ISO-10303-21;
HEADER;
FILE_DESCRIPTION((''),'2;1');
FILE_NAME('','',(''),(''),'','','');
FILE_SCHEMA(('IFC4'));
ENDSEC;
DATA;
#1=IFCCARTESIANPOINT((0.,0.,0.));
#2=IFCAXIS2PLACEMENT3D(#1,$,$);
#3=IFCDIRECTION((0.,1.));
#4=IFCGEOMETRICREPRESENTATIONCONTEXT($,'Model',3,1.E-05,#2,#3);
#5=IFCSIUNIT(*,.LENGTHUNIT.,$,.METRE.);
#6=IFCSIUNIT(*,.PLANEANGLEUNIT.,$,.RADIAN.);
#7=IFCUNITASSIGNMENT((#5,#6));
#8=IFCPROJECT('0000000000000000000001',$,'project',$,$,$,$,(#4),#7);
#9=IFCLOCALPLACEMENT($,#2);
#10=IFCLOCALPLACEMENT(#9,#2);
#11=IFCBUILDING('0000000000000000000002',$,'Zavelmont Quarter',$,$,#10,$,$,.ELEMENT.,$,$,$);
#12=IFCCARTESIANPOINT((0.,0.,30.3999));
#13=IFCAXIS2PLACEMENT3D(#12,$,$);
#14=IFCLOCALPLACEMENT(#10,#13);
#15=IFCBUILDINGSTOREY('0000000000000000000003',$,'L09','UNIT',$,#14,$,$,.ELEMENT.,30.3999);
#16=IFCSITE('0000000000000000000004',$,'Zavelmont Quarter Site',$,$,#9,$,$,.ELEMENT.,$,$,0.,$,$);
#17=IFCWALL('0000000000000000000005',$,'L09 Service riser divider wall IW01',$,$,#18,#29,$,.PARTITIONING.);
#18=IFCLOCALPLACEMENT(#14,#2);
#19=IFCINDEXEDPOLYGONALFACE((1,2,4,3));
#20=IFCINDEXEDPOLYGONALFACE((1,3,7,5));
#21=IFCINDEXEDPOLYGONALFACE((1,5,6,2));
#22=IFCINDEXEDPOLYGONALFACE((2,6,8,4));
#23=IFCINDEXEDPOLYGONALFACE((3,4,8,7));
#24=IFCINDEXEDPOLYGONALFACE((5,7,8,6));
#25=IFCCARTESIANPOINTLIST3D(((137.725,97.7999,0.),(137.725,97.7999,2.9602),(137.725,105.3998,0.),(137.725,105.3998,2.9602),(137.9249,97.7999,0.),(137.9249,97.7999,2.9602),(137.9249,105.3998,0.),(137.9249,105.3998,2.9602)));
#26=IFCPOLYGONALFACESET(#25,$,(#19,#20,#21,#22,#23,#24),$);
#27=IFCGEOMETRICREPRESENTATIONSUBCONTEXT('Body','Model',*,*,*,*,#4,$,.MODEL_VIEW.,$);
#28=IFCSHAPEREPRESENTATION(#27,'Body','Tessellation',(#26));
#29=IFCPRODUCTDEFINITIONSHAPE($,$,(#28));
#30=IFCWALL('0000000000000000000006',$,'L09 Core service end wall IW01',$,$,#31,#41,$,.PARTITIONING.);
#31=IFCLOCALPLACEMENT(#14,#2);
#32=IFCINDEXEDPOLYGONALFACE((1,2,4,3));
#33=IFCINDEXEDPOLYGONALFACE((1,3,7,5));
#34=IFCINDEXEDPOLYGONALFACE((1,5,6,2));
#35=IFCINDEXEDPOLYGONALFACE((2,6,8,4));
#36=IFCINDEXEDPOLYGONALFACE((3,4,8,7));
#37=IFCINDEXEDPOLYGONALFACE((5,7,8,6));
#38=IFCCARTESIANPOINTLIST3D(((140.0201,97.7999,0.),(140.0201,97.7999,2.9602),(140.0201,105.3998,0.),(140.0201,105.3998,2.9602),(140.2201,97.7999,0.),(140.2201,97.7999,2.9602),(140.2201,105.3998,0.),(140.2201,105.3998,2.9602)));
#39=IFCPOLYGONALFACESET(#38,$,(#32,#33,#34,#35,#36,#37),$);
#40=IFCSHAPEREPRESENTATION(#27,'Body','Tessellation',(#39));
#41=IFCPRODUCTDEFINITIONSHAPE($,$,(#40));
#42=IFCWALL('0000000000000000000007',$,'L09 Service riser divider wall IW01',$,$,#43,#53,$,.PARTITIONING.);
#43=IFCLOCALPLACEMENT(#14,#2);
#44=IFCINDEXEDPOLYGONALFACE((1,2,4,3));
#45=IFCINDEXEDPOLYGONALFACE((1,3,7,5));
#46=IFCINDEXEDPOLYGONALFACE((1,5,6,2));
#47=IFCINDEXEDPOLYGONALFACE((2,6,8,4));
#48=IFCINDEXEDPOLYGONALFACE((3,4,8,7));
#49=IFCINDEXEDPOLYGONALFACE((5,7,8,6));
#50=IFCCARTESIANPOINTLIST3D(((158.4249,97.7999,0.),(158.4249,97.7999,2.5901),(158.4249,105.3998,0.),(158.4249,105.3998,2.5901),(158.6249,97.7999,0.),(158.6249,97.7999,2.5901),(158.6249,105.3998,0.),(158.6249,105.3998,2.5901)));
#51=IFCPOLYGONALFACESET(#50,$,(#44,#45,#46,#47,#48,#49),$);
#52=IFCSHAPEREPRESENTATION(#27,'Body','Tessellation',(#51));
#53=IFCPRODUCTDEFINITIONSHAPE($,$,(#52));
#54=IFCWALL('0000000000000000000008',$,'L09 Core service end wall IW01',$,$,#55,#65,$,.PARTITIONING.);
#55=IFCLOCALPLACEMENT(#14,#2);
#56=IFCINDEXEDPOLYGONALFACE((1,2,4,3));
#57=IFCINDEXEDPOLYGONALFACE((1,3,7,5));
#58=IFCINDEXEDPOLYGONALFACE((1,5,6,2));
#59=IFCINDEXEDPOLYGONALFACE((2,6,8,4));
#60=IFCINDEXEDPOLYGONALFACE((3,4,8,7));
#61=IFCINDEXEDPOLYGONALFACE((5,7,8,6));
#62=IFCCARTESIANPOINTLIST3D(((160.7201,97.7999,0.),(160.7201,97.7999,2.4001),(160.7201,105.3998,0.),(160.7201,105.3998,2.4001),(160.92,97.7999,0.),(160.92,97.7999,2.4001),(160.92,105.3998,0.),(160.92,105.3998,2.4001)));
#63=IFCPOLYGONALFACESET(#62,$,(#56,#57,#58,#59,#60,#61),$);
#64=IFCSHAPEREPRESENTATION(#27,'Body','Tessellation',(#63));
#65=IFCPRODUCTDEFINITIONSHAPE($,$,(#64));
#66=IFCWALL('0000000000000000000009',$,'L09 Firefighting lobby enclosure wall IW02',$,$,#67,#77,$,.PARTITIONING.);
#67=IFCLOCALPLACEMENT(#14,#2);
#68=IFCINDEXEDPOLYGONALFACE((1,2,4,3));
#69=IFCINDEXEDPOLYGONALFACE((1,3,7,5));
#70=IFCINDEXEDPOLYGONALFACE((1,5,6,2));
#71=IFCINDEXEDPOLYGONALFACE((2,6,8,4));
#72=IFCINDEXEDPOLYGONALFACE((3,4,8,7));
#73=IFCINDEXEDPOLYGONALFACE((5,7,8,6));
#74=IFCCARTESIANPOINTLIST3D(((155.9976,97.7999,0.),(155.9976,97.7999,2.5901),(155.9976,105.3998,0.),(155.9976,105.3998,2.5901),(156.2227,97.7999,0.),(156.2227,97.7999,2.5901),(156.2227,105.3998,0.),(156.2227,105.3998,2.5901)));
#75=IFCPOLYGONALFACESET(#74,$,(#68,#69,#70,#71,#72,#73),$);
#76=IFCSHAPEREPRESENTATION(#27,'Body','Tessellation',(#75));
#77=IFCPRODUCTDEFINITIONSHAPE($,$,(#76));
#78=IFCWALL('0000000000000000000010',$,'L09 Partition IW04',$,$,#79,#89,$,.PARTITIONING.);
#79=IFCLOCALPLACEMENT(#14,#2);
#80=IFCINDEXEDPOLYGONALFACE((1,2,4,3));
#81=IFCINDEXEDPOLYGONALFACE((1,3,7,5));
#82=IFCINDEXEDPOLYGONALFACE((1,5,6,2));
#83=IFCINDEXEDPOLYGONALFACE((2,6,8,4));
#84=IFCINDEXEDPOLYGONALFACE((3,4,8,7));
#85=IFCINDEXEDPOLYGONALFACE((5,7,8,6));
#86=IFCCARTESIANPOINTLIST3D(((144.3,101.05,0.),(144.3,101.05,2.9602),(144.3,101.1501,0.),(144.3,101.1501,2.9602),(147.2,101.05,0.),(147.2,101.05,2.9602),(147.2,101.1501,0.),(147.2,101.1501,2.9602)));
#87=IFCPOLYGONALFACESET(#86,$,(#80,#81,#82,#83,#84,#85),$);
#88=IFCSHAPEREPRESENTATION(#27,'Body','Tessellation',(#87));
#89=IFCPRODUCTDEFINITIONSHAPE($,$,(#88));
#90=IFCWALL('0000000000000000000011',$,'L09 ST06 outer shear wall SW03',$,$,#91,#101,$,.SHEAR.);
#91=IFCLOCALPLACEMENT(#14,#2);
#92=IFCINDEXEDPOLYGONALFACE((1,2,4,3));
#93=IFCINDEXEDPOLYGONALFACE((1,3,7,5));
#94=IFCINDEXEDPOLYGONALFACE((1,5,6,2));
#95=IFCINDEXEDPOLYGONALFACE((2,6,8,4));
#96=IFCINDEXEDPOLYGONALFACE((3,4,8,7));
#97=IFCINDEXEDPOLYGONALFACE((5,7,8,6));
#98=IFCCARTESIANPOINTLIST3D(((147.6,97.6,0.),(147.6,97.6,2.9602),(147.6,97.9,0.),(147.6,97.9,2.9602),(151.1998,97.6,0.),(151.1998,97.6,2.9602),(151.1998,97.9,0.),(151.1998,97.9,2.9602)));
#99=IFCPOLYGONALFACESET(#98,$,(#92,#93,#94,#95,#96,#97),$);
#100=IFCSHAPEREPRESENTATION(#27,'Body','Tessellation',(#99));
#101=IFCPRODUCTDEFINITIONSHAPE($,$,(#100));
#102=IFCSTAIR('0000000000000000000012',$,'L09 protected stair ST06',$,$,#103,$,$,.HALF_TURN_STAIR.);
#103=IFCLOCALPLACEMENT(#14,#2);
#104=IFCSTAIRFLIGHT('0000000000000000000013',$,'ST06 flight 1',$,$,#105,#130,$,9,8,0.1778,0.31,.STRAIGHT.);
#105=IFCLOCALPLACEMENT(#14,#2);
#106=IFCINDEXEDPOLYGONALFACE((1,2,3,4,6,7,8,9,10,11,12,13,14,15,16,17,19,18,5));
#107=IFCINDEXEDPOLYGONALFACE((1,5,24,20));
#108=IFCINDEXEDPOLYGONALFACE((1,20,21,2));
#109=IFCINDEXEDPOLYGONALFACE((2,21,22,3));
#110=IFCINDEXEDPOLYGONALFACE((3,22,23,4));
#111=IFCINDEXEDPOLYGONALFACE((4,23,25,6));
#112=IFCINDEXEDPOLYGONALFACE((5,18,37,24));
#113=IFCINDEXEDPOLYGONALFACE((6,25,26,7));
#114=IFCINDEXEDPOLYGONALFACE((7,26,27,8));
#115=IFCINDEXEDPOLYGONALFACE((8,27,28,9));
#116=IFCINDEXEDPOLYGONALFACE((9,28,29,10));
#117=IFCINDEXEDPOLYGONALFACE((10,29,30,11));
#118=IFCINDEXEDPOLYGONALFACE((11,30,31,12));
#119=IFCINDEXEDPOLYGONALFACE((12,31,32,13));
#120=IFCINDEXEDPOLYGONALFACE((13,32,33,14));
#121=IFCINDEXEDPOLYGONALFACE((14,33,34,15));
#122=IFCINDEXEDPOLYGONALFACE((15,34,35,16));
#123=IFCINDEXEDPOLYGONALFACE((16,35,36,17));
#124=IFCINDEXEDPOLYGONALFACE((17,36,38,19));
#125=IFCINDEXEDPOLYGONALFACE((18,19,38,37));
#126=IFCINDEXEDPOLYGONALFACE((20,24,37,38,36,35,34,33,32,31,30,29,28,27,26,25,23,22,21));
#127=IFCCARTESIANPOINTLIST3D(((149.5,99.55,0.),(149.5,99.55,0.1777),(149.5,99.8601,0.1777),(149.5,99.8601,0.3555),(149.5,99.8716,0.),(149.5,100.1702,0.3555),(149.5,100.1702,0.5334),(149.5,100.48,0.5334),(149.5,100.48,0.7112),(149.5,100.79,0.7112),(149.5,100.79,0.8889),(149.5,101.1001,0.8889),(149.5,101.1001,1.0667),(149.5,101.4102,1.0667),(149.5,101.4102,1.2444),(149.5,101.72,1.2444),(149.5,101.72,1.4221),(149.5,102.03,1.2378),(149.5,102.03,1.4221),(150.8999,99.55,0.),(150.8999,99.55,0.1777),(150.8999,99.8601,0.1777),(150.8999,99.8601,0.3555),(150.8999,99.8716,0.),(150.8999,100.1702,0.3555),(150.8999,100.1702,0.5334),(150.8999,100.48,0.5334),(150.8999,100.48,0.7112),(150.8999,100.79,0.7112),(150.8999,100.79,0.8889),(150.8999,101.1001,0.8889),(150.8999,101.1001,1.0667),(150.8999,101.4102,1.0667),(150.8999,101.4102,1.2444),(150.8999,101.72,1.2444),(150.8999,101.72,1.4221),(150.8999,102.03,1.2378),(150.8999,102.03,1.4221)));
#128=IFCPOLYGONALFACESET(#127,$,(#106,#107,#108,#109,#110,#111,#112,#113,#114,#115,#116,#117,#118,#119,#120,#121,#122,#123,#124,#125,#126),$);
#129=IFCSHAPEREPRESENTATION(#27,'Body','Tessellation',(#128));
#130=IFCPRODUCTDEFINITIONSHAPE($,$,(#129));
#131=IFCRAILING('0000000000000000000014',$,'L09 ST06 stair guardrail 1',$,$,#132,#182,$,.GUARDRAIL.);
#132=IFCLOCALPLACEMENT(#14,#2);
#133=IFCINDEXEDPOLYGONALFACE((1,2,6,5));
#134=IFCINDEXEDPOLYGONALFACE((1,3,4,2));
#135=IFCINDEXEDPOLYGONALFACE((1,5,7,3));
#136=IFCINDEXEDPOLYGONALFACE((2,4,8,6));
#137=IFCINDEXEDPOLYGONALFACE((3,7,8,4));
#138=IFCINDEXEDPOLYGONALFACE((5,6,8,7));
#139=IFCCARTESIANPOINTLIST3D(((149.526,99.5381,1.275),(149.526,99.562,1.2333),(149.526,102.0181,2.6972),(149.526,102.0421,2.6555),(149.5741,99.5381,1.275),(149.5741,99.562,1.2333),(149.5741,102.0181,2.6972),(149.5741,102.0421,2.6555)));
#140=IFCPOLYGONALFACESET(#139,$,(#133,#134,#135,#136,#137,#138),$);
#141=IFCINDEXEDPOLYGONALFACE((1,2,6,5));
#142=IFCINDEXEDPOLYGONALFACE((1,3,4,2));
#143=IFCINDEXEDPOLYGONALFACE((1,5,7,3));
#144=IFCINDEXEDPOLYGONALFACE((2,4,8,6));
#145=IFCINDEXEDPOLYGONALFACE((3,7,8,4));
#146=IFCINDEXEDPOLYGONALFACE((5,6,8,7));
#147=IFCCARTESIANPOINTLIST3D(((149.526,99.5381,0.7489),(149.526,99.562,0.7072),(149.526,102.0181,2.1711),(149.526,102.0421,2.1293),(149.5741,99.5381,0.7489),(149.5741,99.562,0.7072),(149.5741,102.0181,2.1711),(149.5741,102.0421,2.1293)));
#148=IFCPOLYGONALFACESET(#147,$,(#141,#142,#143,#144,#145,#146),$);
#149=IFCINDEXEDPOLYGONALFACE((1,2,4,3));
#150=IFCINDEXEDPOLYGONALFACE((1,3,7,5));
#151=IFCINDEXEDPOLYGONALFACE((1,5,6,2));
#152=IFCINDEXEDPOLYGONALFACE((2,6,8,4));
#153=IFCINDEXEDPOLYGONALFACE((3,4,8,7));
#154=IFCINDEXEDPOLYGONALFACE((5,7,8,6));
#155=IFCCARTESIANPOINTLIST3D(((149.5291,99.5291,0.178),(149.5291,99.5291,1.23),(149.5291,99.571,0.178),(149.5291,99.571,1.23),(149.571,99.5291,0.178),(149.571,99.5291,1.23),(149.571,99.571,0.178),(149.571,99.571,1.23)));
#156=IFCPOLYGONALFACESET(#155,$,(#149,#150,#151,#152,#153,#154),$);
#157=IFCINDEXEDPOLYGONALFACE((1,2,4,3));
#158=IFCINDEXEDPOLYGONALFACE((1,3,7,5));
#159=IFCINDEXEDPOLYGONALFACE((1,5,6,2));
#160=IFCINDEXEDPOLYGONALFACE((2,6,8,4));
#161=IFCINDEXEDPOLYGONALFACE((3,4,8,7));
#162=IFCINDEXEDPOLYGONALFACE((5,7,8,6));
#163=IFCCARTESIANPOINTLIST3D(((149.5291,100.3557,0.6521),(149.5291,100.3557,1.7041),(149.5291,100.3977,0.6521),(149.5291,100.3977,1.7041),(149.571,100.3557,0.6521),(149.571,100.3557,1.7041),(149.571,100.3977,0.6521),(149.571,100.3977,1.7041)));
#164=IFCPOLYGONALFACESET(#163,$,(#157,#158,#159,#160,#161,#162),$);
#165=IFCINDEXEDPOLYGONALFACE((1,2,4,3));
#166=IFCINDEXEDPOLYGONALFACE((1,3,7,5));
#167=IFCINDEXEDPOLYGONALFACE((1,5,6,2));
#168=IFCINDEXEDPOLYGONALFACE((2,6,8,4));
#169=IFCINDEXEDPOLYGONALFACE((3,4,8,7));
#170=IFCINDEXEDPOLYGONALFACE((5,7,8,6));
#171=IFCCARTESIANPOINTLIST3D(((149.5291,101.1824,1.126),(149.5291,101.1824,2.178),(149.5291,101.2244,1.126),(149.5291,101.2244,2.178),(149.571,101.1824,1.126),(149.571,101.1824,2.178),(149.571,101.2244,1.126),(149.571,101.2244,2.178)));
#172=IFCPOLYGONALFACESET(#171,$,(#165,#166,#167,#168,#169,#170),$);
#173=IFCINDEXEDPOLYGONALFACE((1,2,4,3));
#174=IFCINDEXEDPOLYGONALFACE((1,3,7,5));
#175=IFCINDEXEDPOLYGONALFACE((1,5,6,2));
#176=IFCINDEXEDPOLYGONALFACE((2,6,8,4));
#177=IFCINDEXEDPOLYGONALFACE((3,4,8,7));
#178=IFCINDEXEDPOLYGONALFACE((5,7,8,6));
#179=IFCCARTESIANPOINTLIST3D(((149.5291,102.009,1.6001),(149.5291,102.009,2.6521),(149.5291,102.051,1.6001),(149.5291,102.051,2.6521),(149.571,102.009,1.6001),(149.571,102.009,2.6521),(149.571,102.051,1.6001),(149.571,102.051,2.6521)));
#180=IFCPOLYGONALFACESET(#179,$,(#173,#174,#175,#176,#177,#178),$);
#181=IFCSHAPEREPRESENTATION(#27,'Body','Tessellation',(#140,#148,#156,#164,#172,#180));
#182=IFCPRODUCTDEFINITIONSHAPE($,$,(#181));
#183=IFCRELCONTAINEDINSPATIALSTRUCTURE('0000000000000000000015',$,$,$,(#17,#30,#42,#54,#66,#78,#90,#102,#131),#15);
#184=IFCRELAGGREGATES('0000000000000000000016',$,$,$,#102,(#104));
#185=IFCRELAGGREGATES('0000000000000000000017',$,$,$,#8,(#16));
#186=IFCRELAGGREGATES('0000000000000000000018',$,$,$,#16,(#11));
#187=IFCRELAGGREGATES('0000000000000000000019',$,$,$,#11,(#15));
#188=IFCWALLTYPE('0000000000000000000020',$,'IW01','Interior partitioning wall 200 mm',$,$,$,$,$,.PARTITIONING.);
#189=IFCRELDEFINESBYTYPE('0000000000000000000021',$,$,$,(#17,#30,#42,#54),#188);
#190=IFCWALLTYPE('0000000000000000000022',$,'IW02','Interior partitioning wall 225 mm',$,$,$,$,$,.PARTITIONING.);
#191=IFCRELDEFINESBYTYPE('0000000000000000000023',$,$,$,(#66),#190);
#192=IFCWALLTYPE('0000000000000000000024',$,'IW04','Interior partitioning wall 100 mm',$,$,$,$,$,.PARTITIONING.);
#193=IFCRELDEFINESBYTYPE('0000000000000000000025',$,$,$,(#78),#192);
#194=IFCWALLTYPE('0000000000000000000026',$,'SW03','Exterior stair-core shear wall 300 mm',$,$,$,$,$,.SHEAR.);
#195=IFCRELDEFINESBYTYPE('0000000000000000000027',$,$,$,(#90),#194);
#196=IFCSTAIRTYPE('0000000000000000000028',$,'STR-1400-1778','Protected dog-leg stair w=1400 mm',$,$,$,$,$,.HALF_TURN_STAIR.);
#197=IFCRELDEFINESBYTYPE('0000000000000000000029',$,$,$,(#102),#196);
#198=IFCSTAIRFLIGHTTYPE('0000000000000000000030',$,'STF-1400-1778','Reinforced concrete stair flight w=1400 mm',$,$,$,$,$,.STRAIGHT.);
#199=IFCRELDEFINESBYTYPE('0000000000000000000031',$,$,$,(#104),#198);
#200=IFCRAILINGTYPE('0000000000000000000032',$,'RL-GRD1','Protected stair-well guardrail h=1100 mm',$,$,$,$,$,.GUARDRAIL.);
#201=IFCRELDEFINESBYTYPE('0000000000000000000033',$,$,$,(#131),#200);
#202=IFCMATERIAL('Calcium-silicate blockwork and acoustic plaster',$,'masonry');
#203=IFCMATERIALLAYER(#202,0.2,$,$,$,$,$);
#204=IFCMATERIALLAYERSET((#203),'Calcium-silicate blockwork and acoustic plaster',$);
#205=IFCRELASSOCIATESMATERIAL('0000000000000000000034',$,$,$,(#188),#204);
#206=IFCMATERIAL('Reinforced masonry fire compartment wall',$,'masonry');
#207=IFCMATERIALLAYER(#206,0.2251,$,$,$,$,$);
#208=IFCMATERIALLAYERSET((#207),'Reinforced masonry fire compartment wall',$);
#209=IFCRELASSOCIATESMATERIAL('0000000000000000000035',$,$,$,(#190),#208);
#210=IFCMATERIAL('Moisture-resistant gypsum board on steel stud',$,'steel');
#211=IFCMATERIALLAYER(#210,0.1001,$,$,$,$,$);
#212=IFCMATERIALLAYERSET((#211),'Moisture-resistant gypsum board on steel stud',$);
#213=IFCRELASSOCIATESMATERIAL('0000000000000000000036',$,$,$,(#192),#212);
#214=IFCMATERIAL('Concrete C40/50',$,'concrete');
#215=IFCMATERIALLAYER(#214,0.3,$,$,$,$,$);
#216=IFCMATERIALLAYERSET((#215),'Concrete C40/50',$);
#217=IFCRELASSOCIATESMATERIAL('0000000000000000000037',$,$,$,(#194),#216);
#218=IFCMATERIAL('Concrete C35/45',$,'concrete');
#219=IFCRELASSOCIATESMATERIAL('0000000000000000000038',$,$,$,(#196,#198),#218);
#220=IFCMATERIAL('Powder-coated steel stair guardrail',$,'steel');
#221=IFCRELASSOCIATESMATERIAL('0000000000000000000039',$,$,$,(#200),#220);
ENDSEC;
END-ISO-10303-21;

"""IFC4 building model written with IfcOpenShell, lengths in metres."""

from ifc_helpers import new_model, si_unit, direction, frame, frame_2d, origin, origin_2d, place, context, subcontext, project, spatial, polyline, rectangle, outline, extrude, material, layer, layer_set, type_object, element, aggregate, save


model = new_model("IFC4")

# Units and contexts
model_context = context("Model", 3, precision=1e-05, world=origin(), true_north=direction((0.0, 1.0)))
body_context = subcontext(model_context, "Body", "Model", "MODEL_VIEW")
ifc_project = project(units=[si_unit("LENGTHUNIT", "METRE"), si_unit("PLANEANGLEUNIT", "RADIAN")], contexts=[model_context])

# Site, building, storey
site_placement = place(None, origin())
site = spatial("IfcSite", under=ifc_project, at=site_placement, Name="Zavelmont Quarter Site", CompositionType="ELEMENT", RefElevation=0.0)
building_placement = place(site_placement, origin())
building = spatial("IfcBuilding", under=site, at=building_placement, Name="Zavelmont Quarter", CompositionType="ELEMENT")
storey_placement = place(building_placement, frame((0.0, 0.0, 30.3999)))
storey = spatial("IfcBuildingStorey", under=building, at=storey_placement, Name="L09", Description="UNIT", CompositionType="ELEMENT", Elevation=30.3999)

# Shared definitions
ifc_material_1 = material(Name="Concrete C35/45", Category="concrete")

# Shared definitions
ifc_material_2 = material(Name="Concrete C40/50", Category="concrete")

# Walls
ifc_material_3 = material(Name="Calcium-silicate blockwork and acoustic plaster", Category="masonry")
ifc_layer_1 = layer(ifc_material_3, 0.2)
ifc_layer_set_1 = layer_set([ifc_layer_1], Name="Calcium-silicate blockwork and acoustic plaster")
wall_type_1 = type_object("IfcWallType", Name="IW01", Description="Interior partitioning wall 200 mm", PredefinedType="PARTITIONING", material=ifc_layer_set_1)
for number, where, z_axis, x_axis, name in (
    (1, (137.825, 97.8, 0.0), (0.0, 0.0, 1.0), (0.0, 1.0, 0.0), "L09 Service riser divider wall IW01"),
    (2, (140.1201, 97.8, 0.0), (0.0, 0.0, 1.0), (0.0, 1.0, 0.0), "L09 Core service end wall IW01"),
):
    element("IfcWall", number, at=place(storey_placement, frame(where, z_axis=z_axis, x_axis=x_axis)), inside=storey, type_object=wall_type_1, Name=name, PredefinedType="PARTITIONING", context=body_context, shape_type="SweptSolid", body=[
        extrude(rectangle(XDim=7.5999, YDim=0.2, at=frame_2d((3.7998, 0.0))), origin(), (0.0, 0.0, 1.0), 2.9602),
    ])
wall_1_placement = place(storey_placement, frame((158.5249, 97.8, 0.0), z_axis=(0.0, 0.0, 1.0), x_axis=(0.0, 1.0, 0.0)))
element("IfcWall", 3, at=wall_1_placement, inside=storey, type_object=wall_type_1, Name="L09 Service riser divider wall IW01", PredefinedType="PARTITIONING", context=body_context, shape_type="SweptSolid", body=[
    extrude(rectangle(XDim=7.5999, YDim=0.2, at=frame_2d((3.7998, 0.0))), origin(), (0.0, 0.0, 1.0), 2.5901),
])
wall_2_placement = place(storey_placement, frame((160.8201, 97.8, 0.0), z_axis=(0.0, 0.0, 1.0), x_axis=(0.0, 1.0, 0.0)))
element("IfcWall", 4, at=wall_2_placement, inside=storey, type_object=wall_type_1, Name="L09 Core service end wall IW01", PredefinedType="PARTITIONING", context=body_context, shape_type="SweptSolid", body=[
    extrude(rectangle(XDim=7.5999, YDim=0.2, at=frame_2d((3.7998, 0.0))), origin(), (0.0, 0.0, 1.0), 2.4001),
])
ifc_material_4 = material(Name="Reinforced masonry fire compartment wall", Category="masonry")
ifc_layer_2 = layer(ifc_material_4, 0.2251)
ifc_layer_set_2 = layer_set([ifc_layer_2], Name="Reinforced masonry fire compartment wall")
wall_type_2 = type_object("IfcWallType", Name="IW02", Description="Interior partitioning wall 225 mm", PredefinedType="PARTITIONING", material=ifc_layer_set_2)
wall_3_placement = place(storey_placement, frame((156.1101, 97.8, 0.0), z_axis=(0.0, 0.0, 1.0), x_axis=(0.0, 1.0, 0.0)))
element("IfcWall", 5, at=wall_3_placement, inside=storey, type_object=wall_type_2, Name="L09 Firefighting lobby enclosure wall IW02", PredefinedType="PARTITIONING", context=body_context, shape_type="SweptSolid", body=[
    extrude(rectangle(XDim=7.5999, YDim=0.2251, at=frame_2d((3.7998, 0.0))), origin(), (0.0, 0.0, 1.0), 2.5901),
])
ifc_material_5 = material(Name="Moisture-resistant gypsum board on steel stud", Category="steel")
ifc_layer_3 = layer(ifc_material_5, 0.1001)
ifc_layer_set_3 = layer_set([ifc_layer_3], Name="Moisture-resistant gypsum board on steel stud")
wall_type_3 = type_object("IfcWallType", Name="IW04", Description="Interior partitioning wall 100 mm", PredefinedType="PARTITIONING", material=ifc_layer_set_3)
wall_4_placement = place(storey_placement, frame((144.3, 101.1001, 0.0), z_axis=(0.0, 0.0, 1.0), x_axis=(1.0, 0.0, 0.0)))
element("IfcWall", 6, at=wall_4_placement, inside=storey, type_object=wall_type_3, Name="L09 Partition IW04", PredefinedType="PARTITIONING", context=body_context, shape_type="SweptSolid", body=[
    extrude(rectangle(XDim=2.8999, YDim=0.1001, at=frame_2d((1.45, 0.0))), origin(), (0.0, 0.0, 1.0), 2.9602),
])

# Wall
ifc_layer_4 = layer(ifc_material_2, 0.3)
ifc_layer_set_4 = layer_set([ifc_layer_4], Name="Concrete C40/50")
wall_type_4 = type_object("IfcWallType", Name="SW03", Description="Exterior stair-core shear wall 300 mm", PredefinedType="SHEAR", material=ifc_layer_set_4)
wall_5_placement = place(storey_placement, frame((147.6001, 97.75, 0.0), z_axis=(0.0, 0.0, 1.0), x_axis=(1.0, 0.0, 0.0)))
element("IfcWall", 7, at=wall_5_placement, inside=storey, type_object=wall_type_4, Name="L09 ST06 outer shear wall SW03", PredefinedType="SHEAR", context=body_context, shape_type="SweptSolid", body=[
    extrude(rectangle(XDim=3.5999, YDim=0.3, at=frame_2d((1.7998, 0.0))), origin(), (0.0, 0.0, 1.0), 2.9602),
])

# Stair, stair flight
stair_type = type_object("IfcStairType", Name="STR-1400-1778", Description="Protected dog-leg stair w=1400 mm", PredefinedType="HALF_TURN_STAIR", material=ifc_material_1)
stair_placement = place(storey_placement, origin())
stair = element("IfcStair", 8, at=stair_placement, inside=storey, type_object=stair_type, Name="L09 protected stair ST06", PredefinedType="HALF_TURN_STAIR")
stair_flight_type = type_object("IfcStairFlightType", Name="STF-1400-1778", Description="Reinforced concrete stair flight w=1400 mm", PredefinedType="STRAIGHT", material=ifc_material_1)
stair_flight_placement = place(storey_placement, frame((150.2, 99.55, 0.0), z_axis=(0.0, 0.0, 1.0), x_axis=(0.0, 1.0, 0.0)))
stair_flight = element("IfcStairFlight", 9, at=stair_flight_placement, type_object=stair_flight_type, Name="ST06 flight 1", NumberOfRisers=9, NumberOfTreads=8, PredefinedType="STRAIGHT", RiserHeight=0.1778, TreadLength=0.31, context=body_context, shape_type="SweptSolid", body=[
    extrude(outline(polyline([(0.0, 0.0), (0.0, 0.1777), (0.3101, 0.1777), (0.3101, 0.3555), (0.6201, 0.3555), (0.6201, 0.5334), (0.9299, 0.5334), (0.9299, 0.7112), (1.24, 0.7112), (1.24, 0.8889), (1.55, 0.8889), (1.55, 1.0667), (1.8601, 1.0667), (1.8601, 1.2444), (2.1699, 1.2444), (2.1699, 1.4221), (2.48, 1.4221), (2.48, 1.6001), (2.48, 1.2378), (0.3215, 0.0), (0.0, 0.0)])), frame((0.0, 0.7, 0.0), z_axis=(0.0, -1.0, 0.0), x_axis=(1.0, 0.0, 0.0)), (0.0, 0.0, 1.0), 1.3999),
])
aggregate(stair, [stair_flight])

# Railing
ifc_material_6 = material(Name="Powder-coated steel stair guardrail", Category="steel")
railing_type_1 = type_object("IfcRailingType", Name="RL-GRD1", Description="Protected stair-well guardrail h=1100 mm", PredefinedType="GUARDRAIL", material=ifc_material_6)
railing_1_placement = place(storey_placement, frame((149.55, 99.55, 0.178)))
element("IfcRailing", 10, at=railing_1_placement, inside=storey, type_object=railing_type_1, Name="L09 ST06 stair guardrail 1", PredefinedType="GUARDRAIL", context=body_context, shape_type="SweptSolid", body=[
    extrude(rectangle(XDim=0.0481, YDim=0.0481, at=origin_2d()), frame((0.0, 0.0, 1.0762), z_axis=(0.0, 0.867491, 0.497454), x_axis=(-1.0, 0.0, 0.0)), (0.0, 0.0, 1.0), 2.8589),
    extrude(rectangle(XDim=0.0481, YDim=0.0481, at=origin_2d()), frame((0.0, 0.0, 0.55), z_axis=(0.0, 0.867491, 0.497454), x_axis=(-1.0, 0.0, 0.0)), (0.0, 0.0, 1.0), 2.8589),
    extrude(rectangle(XDim=0.042, YDim=0.042, at=origin_2d()), origin(), (0.0, 0.0, 1.0), 1.052),
    extrude(rectangle(XDim=0.042, YDim=0.042, at=origin_2d()), frame((0.0, 0.8267, 0.4741)), (0.0, 0.0, 1.0), 1.052),
    extrude(rectangle(XDim=0.042, YDim=0.042, at=origin_2d()), frame((0.0, 1.6533, 0.948)), (0.0, 0.0, 1.0), 1.052),
    extrude(rectangle(XDim=0.042, YDim=0.042, at=origin_2d()), frame((0.0, 2.48, 1.4221)), (0.0, 0.0, 1.0), 1.052),
])

save(model, "model.ifc")
